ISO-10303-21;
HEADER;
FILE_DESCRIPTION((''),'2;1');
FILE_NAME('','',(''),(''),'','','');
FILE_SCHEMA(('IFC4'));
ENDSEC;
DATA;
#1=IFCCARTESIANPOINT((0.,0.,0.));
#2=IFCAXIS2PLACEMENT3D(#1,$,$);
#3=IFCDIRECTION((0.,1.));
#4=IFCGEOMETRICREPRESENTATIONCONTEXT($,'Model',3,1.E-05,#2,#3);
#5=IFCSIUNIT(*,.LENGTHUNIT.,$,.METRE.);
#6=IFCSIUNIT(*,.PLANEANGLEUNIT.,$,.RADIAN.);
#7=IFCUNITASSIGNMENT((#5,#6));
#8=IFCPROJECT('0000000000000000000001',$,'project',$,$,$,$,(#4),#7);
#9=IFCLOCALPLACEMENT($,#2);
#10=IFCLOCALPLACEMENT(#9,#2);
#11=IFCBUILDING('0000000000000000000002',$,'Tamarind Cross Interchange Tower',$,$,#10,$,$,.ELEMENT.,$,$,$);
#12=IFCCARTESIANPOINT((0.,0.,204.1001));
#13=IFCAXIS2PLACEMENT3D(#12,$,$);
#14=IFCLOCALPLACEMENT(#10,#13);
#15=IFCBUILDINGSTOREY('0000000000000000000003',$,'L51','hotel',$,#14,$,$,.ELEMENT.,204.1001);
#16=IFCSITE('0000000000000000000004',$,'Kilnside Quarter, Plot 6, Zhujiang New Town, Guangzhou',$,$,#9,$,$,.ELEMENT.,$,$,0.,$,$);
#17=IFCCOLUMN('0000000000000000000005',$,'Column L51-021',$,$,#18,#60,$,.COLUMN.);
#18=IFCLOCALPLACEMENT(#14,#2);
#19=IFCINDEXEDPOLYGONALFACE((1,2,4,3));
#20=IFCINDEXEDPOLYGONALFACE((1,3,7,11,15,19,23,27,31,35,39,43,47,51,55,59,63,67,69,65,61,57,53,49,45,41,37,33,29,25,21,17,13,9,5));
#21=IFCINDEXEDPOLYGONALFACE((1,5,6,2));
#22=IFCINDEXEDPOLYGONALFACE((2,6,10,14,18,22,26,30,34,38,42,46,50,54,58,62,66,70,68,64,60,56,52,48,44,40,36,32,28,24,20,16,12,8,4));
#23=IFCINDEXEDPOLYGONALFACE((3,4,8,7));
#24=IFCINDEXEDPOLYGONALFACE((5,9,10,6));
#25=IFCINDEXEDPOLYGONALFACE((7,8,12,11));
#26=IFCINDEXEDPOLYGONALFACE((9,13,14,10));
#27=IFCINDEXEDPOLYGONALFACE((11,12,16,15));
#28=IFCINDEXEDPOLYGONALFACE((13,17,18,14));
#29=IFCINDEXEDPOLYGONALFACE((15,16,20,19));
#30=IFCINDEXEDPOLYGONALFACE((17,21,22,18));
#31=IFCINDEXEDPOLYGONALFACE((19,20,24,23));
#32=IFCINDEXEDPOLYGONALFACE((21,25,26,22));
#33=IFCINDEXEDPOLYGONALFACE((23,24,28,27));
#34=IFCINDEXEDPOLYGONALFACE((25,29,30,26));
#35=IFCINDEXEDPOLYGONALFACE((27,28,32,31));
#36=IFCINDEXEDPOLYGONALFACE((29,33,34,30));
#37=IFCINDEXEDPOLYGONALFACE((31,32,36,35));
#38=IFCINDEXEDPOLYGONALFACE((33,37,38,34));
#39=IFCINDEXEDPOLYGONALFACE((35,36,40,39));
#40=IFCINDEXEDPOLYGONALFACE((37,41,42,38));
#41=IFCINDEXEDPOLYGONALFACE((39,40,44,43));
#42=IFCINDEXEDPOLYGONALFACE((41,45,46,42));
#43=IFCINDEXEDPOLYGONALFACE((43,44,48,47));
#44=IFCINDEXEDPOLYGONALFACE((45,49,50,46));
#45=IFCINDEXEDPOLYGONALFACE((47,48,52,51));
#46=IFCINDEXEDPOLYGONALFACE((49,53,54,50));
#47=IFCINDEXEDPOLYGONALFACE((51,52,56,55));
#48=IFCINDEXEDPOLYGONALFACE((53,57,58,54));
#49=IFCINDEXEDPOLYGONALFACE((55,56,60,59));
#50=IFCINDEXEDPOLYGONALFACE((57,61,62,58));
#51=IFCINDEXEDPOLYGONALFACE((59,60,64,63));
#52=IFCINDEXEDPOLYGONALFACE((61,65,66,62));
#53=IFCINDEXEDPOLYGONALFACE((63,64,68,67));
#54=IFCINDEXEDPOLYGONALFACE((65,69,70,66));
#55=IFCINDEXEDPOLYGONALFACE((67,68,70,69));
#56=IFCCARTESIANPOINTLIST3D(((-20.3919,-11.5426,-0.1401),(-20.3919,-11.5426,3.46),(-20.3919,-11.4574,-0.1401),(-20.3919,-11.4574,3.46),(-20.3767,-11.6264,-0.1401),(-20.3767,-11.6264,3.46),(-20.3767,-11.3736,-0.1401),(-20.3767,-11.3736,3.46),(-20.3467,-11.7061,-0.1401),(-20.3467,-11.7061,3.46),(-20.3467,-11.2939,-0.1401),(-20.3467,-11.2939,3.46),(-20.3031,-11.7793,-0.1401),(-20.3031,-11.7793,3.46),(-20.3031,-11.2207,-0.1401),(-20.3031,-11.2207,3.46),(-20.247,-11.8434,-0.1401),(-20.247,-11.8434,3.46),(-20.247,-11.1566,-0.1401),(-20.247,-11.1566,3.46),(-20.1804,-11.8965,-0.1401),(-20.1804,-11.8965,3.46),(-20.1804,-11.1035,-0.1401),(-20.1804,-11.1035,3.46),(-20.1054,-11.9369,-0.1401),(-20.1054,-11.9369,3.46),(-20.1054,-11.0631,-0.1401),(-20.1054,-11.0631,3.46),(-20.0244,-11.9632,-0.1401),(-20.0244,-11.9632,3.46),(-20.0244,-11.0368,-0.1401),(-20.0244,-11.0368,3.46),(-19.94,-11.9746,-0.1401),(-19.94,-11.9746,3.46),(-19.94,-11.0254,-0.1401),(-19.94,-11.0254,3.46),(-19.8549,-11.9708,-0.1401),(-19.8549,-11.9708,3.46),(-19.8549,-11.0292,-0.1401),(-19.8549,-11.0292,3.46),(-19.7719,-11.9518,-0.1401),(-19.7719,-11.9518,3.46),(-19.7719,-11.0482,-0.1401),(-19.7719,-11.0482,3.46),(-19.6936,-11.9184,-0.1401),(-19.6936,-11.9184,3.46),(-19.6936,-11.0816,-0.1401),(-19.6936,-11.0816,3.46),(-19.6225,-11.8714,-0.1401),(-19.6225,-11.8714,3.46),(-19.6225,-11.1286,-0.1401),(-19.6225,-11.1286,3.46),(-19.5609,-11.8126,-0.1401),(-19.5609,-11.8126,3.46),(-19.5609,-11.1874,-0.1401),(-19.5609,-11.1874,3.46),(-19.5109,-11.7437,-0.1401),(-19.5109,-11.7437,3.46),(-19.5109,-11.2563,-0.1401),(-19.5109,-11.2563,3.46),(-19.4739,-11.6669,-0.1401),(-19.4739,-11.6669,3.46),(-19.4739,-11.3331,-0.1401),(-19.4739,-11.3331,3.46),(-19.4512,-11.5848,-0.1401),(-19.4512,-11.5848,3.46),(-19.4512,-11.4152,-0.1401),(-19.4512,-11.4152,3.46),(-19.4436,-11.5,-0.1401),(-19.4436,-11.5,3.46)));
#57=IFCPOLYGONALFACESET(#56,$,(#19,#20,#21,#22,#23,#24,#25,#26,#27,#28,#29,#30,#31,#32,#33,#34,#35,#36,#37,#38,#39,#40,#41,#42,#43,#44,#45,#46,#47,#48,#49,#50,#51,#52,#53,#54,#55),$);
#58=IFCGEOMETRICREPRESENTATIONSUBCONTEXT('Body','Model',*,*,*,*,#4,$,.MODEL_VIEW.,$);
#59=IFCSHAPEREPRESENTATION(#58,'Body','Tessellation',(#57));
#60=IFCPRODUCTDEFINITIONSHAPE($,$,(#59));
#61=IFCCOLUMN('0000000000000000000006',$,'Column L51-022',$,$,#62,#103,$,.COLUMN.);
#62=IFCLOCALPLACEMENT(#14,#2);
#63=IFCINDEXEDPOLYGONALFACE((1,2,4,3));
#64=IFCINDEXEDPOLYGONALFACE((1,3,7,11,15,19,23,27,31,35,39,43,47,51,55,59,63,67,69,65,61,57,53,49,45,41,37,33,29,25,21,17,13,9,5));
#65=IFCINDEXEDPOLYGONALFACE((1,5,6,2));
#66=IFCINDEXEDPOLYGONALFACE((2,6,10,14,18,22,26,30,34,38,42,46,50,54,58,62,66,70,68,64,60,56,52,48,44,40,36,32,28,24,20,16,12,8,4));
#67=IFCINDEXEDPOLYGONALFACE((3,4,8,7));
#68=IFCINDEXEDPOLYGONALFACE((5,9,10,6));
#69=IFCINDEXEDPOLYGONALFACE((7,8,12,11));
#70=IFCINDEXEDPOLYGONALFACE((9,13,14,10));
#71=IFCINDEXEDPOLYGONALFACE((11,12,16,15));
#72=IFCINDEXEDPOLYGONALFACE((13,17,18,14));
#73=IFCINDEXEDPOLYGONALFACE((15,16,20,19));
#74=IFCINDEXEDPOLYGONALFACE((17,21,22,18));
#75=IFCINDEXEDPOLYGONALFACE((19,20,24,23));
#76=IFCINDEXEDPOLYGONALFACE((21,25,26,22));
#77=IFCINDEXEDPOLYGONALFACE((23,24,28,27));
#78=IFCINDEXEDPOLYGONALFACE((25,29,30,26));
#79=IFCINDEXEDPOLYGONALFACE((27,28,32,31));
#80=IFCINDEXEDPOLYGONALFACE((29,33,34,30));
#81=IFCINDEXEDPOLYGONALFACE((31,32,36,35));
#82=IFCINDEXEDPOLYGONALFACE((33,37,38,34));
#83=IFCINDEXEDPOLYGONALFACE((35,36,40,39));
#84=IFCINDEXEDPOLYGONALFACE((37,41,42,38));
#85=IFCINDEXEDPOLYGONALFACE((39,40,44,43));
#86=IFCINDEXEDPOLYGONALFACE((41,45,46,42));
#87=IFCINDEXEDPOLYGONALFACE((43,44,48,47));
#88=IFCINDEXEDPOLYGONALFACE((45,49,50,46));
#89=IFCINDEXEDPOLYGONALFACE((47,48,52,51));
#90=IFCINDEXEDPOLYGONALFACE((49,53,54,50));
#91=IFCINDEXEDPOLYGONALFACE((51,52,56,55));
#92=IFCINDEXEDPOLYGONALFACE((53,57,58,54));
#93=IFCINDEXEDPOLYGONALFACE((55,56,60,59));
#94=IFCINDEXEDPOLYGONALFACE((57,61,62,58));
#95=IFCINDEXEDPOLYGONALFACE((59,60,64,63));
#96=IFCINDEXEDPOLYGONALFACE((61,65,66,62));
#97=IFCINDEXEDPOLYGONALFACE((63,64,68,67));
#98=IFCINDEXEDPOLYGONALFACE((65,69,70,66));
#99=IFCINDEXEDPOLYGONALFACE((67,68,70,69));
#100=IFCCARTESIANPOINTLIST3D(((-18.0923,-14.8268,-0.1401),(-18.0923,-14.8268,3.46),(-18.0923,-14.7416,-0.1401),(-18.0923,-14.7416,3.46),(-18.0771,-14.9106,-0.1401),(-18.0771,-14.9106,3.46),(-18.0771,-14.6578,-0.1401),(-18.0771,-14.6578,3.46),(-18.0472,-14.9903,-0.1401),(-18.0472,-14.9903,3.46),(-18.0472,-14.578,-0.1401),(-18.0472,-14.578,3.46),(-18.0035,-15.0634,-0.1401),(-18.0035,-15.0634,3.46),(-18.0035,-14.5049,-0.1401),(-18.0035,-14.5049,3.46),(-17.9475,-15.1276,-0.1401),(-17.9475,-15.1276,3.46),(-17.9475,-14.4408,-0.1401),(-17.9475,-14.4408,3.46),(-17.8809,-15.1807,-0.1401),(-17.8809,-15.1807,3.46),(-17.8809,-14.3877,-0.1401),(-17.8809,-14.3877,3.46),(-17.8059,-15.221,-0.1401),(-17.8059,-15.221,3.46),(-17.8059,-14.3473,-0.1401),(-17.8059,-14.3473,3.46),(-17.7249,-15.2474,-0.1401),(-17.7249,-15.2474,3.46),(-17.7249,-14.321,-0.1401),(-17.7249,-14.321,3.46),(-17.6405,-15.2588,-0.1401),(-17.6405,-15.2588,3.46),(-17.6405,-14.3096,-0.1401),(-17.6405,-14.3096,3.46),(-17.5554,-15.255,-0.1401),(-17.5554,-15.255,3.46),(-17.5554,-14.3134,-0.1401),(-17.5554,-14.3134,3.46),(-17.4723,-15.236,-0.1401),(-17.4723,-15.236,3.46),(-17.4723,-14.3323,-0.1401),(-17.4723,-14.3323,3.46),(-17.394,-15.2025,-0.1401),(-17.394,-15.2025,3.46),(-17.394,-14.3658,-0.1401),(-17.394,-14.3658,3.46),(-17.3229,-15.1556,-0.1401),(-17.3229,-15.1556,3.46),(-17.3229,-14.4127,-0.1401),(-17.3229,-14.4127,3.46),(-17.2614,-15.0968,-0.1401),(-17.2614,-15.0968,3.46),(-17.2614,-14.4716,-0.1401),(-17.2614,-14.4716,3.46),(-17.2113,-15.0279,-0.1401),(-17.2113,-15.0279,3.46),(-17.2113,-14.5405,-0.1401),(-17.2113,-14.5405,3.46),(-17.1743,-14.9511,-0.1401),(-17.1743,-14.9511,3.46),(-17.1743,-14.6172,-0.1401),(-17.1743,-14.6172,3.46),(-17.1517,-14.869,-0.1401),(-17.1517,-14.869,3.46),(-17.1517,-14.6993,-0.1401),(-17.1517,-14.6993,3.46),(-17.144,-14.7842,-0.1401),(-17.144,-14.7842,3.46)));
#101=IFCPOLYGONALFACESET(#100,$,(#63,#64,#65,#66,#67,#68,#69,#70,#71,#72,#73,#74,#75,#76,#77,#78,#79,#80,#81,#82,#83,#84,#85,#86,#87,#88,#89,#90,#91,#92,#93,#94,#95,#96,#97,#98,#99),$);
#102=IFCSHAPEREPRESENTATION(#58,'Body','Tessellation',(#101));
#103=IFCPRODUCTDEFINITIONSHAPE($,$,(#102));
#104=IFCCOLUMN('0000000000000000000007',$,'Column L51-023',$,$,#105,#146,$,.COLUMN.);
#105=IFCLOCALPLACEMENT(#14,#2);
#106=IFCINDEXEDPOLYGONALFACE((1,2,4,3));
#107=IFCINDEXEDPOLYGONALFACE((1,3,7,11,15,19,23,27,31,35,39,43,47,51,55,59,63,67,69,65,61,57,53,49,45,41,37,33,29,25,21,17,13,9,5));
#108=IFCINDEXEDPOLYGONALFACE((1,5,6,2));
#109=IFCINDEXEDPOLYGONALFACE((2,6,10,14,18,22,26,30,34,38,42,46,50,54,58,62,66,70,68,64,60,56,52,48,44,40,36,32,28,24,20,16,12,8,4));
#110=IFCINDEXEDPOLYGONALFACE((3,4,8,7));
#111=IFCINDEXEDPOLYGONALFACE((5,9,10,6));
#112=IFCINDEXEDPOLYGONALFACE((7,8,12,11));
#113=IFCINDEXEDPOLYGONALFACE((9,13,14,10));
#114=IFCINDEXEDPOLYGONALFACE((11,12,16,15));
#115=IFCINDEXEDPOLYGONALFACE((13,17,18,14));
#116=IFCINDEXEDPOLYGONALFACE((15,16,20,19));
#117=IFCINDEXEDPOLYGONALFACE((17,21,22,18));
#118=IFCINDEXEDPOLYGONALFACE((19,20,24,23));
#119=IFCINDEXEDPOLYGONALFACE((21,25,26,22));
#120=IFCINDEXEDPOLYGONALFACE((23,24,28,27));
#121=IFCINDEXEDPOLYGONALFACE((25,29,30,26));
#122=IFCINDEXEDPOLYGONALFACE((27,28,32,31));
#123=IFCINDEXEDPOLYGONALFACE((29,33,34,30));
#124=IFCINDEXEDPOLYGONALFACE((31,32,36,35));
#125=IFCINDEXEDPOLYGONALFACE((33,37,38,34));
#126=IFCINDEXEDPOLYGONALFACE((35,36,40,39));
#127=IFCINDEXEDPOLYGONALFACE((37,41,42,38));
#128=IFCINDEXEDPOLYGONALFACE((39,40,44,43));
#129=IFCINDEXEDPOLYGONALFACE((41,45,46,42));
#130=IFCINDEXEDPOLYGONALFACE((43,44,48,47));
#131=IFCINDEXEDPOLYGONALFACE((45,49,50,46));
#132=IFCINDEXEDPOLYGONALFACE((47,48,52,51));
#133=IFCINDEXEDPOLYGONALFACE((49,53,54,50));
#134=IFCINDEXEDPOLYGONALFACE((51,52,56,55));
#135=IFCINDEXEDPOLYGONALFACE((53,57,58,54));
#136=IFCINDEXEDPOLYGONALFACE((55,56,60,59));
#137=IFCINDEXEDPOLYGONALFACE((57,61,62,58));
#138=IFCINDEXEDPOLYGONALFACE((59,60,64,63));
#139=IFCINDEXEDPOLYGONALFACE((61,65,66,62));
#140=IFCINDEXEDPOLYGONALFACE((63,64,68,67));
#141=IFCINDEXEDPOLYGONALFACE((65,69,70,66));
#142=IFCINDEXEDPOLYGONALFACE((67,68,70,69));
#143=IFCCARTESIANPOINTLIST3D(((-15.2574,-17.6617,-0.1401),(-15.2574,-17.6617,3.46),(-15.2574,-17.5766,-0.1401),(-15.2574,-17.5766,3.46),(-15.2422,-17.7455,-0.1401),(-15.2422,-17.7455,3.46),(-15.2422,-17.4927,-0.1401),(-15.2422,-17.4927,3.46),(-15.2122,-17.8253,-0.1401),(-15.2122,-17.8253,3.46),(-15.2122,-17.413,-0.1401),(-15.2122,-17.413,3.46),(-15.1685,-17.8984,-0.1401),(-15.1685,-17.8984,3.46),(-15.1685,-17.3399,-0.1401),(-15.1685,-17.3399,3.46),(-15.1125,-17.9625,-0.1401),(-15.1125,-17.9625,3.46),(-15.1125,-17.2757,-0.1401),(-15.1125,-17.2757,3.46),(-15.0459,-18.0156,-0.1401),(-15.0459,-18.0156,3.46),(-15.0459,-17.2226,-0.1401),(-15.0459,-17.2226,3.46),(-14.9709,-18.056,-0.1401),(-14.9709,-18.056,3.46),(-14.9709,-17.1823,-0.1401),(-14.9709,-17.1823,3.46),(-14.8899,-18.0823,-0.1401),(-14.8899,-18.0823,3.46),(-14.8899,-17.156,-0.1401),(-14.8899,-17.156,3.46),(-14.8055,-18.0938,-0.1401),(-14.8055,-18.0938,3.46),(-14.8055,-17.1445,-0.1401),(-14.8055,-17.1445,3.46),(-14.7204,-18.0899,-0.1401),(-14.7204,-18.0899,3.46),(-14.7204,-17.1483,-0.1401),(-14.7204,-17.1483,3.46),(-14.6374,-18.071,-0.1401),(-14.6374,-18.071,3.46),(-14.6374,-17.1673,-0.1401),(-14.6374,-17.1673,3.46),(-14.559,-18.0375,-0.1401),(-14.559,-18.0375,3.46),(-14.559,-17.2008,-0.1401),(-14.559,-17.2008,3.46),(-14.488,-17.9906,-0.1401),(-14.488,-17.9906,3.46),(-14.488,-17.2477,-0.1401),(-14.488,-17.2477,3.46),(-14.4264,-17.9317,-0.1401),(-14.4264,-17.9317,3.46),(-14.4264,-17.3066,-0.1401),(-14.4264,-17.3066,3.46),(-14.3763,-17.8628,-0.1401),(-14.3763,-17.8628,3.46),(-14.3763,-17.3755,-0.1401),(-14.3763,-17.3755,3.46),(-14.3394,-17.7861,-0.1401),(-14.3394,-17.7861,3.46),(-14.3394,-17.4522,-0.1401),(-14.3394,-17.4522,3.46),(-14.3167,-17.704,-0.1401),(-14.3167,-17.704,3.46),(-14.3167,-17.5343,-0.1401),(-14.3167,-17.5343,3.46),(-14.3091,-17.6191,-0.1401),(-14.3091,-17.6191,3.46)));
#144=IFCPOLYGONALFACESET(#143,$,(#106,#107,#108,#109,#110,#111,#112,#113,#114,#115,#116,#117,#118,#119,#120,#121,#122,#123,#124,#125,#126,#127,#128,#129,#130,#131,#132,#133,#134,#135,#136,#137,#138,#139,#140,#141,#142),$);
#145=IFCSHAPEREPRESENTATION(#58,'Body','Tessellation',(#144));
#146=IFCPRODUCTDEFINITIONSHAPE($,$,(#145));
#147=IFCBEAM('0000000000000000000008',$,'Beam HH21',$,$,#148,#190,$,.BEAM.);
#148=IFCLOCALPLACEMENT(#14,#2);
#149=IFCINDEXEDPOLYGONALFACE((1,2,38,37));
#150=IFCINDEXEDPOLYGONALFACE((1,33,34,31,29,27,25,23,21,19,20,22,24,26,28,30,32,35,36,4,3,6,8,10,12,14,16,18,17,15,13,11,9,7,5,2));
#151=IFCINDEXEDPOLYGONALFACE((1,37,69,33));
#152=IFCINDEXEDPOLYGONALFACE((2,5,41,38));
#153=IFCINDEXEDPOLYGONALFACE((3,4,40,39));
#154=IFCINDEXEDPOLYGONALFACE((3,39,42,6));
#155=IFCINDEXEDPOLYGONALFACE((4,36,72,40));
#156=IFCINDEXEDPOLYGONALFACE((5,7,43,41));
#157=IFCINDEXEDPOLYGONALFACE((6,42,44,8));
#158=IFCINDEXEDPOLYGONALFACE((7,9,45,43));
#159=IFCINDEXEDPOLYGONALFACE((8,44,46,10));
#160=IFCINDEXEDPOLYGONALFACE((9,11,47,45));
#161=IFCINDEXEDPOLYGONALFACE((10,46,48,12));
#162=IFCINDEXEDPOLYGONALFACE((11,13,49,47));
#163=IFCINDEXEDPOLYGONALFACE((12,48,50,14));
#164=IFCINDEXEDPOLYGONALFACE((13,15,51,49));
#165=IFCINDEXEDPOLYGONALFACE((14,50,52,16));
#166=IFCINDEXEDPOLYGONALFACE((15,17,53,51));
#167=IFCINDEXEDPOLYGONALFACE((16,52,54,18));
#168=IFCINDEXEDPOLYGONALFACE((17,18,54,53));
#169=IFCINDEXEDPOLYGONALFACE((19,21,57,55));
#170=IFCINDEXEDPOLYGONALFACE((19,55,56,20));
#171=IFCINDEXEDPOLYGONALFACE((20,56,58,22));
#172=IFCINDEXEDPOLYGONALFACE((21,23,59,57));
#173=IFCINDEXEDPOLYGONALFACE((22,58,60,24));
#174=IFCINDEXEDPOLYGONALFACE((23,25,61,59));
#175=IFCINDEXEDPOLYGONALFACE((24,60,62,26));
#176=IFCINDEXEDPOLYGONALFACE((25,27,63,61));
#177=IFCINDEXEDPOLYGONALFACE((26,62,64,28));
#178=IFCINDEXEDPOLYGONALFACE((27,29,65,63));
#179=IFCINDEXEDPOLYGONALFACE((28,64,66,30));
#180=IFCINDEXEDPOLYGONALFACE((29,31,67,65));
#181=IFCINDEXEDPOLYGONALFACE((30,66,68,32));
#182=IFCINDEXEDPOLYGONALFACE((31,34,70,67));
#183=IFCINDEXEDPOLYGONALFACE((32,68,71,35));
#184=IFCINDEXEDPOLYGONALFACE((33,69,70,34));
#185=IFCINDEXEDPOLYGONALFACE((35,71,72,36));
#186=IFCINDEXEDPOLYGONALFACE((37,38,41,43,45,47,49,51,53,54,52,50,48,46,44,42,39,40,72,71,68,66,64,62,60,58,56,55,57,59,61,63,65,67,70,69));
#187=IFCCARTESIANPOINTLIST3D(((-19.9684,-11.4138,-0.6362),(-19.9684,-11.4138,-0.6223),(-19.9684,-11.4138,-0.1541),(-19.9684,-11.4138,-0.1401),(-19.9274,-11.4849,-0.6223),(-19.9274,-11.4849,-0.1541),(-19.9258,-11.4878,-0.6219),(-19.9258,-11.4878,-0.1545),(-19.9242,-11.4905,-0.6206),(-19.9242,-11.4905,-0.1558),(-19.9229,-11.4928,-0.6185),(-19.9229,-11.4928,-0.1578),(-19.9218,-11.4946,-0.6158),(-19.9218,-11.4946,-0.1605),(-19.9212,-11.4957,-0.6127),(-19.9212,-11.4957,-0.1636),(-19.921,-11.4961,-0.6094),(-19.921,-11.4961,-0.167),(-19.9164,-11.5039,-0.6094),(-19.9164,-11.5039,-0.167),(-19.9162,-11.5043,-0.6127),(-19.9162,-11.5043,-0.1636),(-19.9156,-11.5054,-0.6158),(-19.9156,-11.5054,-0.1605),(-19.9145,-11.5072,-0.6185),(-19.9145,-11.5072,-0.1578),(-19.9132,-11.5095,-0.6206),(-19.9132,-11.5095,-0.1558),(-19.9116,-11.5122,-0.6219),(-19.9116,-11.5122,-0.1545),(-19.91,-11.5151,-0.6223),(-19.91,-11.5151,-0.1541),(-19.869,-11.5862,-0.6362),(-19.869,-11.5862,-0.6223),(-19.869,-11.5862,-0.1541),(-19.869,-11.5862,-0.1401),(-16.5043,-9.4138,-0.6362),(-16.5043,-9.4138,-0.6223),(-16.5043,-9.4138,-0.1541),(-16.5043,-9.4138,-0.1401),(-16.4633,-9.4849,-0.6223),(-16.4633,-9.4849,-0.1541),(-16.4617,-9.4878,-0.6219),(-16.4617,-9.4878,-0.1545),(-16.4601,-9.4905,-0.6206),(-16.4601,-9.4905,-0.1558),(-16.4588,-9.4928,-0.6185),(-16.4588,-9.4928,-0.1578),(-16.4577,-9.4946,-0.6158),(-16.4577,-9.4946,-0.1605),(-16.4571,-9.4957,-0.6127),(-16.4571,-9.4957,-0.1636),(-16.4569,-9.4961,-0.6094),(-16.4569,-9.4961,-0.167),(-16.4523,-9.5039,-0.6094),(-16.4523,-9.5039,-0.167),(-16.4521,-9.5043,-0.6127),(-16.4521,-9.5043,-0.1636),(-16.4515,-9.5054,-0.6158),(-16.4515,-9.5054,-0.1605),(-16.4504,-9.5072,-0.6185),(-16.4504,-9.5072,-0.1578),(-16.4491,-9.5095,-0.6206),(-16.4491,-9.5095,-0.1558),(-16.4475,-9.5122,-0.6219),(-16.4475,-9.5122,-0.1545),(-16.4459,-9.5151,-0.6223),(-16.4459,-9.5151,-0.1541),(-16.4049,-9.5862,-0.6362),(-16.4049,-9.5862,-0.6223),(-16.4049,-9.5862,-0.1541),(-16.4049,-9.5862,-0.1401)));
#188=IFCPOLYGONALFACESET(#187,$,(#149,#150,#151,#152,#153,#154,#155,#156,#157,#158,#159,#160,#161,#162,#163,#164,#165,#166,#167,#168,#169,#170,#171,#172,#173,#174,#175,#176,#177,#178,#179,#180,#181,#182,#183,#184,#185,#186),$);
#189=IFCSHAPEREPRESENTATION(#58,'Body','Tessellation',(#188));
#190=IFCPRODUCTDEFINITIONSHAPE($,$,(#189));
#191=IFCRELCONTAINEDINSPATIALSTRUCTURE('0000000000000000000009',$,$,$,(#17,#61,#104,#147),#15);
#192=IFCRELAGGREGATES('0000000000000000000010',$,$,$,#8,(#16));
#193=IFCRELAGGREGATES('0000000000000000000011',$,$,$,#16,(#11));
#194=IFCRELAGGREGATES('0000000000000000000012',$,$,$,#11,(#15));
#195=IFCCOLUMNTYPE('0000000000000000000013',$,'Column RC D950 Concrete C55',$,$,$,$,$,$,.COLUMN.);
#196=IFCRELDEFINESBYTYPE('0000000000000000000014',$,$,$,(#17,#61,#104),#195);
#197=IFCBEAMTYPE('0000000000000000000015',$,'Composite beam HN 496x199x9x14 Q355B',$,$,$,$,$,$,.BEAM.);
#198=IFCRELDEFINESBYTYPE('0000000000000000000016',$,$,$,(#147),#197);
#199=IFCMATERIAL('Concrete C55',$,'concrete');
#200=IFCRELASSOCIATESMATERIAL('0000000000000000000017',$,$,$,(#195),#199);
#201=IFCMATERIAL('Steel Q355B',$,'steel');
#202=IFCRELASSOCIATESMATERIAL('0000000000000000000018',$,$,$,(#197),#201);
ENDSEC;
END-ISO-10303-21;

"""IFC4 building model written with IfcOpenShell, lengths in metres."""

from ifc_helpers import new_model, si_unit, direction, frame, origin, origin_2d, place, context, subcontext, project, spatial, circle, i_section, extrude, material, material_profile, profile_set, type_object, element, save


model = new_model("IFC4")

# Units and contexts
model_context = context("Model", 3, precision=1e-05, world=origin(), true_north=direction((0.0, 1.0)))
body_context = subcontext(model_context, "Body", "Model", "MODEL_VIEW")
ifc_project = project(units=[si_unit("LENGTHUNIT", "METRE"), si_unit("PLANEANGLEUNIT", "RADIAN")], contexts=[model_context])

# Site, building, storey
site_placement = place(None, origin())
site = spatial("IfcSite", under=ifc_project, at=site_placement, Name="Kilnside Quarter, Plot 6, Zhujiang New Town, Guangzhou", CompositionType="ELEMENT", RefElevation=0.0)
building_placement = place(site_placement, origin())
building = spatial("IfcBuilding", under=site, at=building_placement, Name="Tamarind Cross Interchange Tower", CompositionType="ELEMENT")
storey_placement = place(building_placement, frame((0.0, 0.0, 204.1001)))
storey = spatial("IfcBuildingStorey", under=building, at=storey_placement, Name="L51", Description="hotel", CompositionType="ELEMENT", Elevation=204.1001)

# Columns
ifc_material_1 = material(Name="Concrete C55", Category="concrete")
ifc_material_profile_1 = material_profile(ifc_material_1, circle(Radius=0.4751, at=origin_2d()), Name="RC D950")
ifc_profile_set_1 = profile_set([ifc_material_profile_1], Name="Concrete C55")
column_type = type_object("IfcColumnType", Name="Column RC D950 Concrete C55", PredefinedType="COLUMN", material=ifc_profile_set_1)
for number, where, z_axis, x_axis, name in (
    (1, (-19.9187, -11.5, -0.1401), (0.0, 0.0, 1.0), (1.0, 0.0, 0.0), "Column L51-021"),
    (2, (-17.6191, -14.7842, -0.1401), (0.0, 0.0, 1.0), (1.0, 0.0, 0.0), "Column L51-022"),
    (3, (-14.7842, -17.6191, -0.1401), (0.0, 0.0, 1.0), (1.0, 0.0, 0.0), "Column L51-023"),
):
    element("IfcColumn", number, at=place(storey_placement, frame(where, z_axis=z_axis, x_axis=x_axis)), inside=storey, type_object=column_type, Name=name, PredefinedType="COLUMN", context=body_context, shape_type="SweptSolid", body=[
        extrude(circle(Radius=0.4751, at=origin_2d()), origin(), (0.0, 0.0, 1.0), 3.6001),
    ])

# Beam
ifc_material_2 = material(Name="Steel Q355B", Category="steel")
ifc_material_profile_2 = material_profile(ifc_material_2, i_section(OverallWidth=0.199, OverallDepth=0.4961, WebThickness=0.009, FlangeThickness=0.0139, FilletRadius=0.0129, at=origin_2d()), Name="HN 496x199x9x14")
ifc_profile_set_2 = profile_set([ifc_material_profile_2], Name="Steel Q355B")
beam_type = type_object("IfcBeamType", Name="Composite beam HN 496x199x9x14 Q355B", PredefinedType="BEAM", material=ifc_profile_set_2)
beam_1_placement = place(storey_placement, frame((-19.9187, -11.5, -0.3882), z_axis=(0.866026, 0.499999, 0.0), x_axis=(-0.499999, 0.866026, 0.0)))
element("IfcBeam", 4, at=beam_1_placement, inside=storey, type_object=beam_type, Name="Beam HH21", PredefinedType="BEAM", context=body_context, shape_type="SweptSolid", body=[
    extrude(i_section(OverallWidth=0.199, OverallDepth=0.4961, WebThickness=0.009, FlangeThickness=0.0139, FilletRadius=0.0129, at=origin_2d()), origin(), (0.0, 0.0, 1.0), 4.0),
])

save(model, "model.ifc")
